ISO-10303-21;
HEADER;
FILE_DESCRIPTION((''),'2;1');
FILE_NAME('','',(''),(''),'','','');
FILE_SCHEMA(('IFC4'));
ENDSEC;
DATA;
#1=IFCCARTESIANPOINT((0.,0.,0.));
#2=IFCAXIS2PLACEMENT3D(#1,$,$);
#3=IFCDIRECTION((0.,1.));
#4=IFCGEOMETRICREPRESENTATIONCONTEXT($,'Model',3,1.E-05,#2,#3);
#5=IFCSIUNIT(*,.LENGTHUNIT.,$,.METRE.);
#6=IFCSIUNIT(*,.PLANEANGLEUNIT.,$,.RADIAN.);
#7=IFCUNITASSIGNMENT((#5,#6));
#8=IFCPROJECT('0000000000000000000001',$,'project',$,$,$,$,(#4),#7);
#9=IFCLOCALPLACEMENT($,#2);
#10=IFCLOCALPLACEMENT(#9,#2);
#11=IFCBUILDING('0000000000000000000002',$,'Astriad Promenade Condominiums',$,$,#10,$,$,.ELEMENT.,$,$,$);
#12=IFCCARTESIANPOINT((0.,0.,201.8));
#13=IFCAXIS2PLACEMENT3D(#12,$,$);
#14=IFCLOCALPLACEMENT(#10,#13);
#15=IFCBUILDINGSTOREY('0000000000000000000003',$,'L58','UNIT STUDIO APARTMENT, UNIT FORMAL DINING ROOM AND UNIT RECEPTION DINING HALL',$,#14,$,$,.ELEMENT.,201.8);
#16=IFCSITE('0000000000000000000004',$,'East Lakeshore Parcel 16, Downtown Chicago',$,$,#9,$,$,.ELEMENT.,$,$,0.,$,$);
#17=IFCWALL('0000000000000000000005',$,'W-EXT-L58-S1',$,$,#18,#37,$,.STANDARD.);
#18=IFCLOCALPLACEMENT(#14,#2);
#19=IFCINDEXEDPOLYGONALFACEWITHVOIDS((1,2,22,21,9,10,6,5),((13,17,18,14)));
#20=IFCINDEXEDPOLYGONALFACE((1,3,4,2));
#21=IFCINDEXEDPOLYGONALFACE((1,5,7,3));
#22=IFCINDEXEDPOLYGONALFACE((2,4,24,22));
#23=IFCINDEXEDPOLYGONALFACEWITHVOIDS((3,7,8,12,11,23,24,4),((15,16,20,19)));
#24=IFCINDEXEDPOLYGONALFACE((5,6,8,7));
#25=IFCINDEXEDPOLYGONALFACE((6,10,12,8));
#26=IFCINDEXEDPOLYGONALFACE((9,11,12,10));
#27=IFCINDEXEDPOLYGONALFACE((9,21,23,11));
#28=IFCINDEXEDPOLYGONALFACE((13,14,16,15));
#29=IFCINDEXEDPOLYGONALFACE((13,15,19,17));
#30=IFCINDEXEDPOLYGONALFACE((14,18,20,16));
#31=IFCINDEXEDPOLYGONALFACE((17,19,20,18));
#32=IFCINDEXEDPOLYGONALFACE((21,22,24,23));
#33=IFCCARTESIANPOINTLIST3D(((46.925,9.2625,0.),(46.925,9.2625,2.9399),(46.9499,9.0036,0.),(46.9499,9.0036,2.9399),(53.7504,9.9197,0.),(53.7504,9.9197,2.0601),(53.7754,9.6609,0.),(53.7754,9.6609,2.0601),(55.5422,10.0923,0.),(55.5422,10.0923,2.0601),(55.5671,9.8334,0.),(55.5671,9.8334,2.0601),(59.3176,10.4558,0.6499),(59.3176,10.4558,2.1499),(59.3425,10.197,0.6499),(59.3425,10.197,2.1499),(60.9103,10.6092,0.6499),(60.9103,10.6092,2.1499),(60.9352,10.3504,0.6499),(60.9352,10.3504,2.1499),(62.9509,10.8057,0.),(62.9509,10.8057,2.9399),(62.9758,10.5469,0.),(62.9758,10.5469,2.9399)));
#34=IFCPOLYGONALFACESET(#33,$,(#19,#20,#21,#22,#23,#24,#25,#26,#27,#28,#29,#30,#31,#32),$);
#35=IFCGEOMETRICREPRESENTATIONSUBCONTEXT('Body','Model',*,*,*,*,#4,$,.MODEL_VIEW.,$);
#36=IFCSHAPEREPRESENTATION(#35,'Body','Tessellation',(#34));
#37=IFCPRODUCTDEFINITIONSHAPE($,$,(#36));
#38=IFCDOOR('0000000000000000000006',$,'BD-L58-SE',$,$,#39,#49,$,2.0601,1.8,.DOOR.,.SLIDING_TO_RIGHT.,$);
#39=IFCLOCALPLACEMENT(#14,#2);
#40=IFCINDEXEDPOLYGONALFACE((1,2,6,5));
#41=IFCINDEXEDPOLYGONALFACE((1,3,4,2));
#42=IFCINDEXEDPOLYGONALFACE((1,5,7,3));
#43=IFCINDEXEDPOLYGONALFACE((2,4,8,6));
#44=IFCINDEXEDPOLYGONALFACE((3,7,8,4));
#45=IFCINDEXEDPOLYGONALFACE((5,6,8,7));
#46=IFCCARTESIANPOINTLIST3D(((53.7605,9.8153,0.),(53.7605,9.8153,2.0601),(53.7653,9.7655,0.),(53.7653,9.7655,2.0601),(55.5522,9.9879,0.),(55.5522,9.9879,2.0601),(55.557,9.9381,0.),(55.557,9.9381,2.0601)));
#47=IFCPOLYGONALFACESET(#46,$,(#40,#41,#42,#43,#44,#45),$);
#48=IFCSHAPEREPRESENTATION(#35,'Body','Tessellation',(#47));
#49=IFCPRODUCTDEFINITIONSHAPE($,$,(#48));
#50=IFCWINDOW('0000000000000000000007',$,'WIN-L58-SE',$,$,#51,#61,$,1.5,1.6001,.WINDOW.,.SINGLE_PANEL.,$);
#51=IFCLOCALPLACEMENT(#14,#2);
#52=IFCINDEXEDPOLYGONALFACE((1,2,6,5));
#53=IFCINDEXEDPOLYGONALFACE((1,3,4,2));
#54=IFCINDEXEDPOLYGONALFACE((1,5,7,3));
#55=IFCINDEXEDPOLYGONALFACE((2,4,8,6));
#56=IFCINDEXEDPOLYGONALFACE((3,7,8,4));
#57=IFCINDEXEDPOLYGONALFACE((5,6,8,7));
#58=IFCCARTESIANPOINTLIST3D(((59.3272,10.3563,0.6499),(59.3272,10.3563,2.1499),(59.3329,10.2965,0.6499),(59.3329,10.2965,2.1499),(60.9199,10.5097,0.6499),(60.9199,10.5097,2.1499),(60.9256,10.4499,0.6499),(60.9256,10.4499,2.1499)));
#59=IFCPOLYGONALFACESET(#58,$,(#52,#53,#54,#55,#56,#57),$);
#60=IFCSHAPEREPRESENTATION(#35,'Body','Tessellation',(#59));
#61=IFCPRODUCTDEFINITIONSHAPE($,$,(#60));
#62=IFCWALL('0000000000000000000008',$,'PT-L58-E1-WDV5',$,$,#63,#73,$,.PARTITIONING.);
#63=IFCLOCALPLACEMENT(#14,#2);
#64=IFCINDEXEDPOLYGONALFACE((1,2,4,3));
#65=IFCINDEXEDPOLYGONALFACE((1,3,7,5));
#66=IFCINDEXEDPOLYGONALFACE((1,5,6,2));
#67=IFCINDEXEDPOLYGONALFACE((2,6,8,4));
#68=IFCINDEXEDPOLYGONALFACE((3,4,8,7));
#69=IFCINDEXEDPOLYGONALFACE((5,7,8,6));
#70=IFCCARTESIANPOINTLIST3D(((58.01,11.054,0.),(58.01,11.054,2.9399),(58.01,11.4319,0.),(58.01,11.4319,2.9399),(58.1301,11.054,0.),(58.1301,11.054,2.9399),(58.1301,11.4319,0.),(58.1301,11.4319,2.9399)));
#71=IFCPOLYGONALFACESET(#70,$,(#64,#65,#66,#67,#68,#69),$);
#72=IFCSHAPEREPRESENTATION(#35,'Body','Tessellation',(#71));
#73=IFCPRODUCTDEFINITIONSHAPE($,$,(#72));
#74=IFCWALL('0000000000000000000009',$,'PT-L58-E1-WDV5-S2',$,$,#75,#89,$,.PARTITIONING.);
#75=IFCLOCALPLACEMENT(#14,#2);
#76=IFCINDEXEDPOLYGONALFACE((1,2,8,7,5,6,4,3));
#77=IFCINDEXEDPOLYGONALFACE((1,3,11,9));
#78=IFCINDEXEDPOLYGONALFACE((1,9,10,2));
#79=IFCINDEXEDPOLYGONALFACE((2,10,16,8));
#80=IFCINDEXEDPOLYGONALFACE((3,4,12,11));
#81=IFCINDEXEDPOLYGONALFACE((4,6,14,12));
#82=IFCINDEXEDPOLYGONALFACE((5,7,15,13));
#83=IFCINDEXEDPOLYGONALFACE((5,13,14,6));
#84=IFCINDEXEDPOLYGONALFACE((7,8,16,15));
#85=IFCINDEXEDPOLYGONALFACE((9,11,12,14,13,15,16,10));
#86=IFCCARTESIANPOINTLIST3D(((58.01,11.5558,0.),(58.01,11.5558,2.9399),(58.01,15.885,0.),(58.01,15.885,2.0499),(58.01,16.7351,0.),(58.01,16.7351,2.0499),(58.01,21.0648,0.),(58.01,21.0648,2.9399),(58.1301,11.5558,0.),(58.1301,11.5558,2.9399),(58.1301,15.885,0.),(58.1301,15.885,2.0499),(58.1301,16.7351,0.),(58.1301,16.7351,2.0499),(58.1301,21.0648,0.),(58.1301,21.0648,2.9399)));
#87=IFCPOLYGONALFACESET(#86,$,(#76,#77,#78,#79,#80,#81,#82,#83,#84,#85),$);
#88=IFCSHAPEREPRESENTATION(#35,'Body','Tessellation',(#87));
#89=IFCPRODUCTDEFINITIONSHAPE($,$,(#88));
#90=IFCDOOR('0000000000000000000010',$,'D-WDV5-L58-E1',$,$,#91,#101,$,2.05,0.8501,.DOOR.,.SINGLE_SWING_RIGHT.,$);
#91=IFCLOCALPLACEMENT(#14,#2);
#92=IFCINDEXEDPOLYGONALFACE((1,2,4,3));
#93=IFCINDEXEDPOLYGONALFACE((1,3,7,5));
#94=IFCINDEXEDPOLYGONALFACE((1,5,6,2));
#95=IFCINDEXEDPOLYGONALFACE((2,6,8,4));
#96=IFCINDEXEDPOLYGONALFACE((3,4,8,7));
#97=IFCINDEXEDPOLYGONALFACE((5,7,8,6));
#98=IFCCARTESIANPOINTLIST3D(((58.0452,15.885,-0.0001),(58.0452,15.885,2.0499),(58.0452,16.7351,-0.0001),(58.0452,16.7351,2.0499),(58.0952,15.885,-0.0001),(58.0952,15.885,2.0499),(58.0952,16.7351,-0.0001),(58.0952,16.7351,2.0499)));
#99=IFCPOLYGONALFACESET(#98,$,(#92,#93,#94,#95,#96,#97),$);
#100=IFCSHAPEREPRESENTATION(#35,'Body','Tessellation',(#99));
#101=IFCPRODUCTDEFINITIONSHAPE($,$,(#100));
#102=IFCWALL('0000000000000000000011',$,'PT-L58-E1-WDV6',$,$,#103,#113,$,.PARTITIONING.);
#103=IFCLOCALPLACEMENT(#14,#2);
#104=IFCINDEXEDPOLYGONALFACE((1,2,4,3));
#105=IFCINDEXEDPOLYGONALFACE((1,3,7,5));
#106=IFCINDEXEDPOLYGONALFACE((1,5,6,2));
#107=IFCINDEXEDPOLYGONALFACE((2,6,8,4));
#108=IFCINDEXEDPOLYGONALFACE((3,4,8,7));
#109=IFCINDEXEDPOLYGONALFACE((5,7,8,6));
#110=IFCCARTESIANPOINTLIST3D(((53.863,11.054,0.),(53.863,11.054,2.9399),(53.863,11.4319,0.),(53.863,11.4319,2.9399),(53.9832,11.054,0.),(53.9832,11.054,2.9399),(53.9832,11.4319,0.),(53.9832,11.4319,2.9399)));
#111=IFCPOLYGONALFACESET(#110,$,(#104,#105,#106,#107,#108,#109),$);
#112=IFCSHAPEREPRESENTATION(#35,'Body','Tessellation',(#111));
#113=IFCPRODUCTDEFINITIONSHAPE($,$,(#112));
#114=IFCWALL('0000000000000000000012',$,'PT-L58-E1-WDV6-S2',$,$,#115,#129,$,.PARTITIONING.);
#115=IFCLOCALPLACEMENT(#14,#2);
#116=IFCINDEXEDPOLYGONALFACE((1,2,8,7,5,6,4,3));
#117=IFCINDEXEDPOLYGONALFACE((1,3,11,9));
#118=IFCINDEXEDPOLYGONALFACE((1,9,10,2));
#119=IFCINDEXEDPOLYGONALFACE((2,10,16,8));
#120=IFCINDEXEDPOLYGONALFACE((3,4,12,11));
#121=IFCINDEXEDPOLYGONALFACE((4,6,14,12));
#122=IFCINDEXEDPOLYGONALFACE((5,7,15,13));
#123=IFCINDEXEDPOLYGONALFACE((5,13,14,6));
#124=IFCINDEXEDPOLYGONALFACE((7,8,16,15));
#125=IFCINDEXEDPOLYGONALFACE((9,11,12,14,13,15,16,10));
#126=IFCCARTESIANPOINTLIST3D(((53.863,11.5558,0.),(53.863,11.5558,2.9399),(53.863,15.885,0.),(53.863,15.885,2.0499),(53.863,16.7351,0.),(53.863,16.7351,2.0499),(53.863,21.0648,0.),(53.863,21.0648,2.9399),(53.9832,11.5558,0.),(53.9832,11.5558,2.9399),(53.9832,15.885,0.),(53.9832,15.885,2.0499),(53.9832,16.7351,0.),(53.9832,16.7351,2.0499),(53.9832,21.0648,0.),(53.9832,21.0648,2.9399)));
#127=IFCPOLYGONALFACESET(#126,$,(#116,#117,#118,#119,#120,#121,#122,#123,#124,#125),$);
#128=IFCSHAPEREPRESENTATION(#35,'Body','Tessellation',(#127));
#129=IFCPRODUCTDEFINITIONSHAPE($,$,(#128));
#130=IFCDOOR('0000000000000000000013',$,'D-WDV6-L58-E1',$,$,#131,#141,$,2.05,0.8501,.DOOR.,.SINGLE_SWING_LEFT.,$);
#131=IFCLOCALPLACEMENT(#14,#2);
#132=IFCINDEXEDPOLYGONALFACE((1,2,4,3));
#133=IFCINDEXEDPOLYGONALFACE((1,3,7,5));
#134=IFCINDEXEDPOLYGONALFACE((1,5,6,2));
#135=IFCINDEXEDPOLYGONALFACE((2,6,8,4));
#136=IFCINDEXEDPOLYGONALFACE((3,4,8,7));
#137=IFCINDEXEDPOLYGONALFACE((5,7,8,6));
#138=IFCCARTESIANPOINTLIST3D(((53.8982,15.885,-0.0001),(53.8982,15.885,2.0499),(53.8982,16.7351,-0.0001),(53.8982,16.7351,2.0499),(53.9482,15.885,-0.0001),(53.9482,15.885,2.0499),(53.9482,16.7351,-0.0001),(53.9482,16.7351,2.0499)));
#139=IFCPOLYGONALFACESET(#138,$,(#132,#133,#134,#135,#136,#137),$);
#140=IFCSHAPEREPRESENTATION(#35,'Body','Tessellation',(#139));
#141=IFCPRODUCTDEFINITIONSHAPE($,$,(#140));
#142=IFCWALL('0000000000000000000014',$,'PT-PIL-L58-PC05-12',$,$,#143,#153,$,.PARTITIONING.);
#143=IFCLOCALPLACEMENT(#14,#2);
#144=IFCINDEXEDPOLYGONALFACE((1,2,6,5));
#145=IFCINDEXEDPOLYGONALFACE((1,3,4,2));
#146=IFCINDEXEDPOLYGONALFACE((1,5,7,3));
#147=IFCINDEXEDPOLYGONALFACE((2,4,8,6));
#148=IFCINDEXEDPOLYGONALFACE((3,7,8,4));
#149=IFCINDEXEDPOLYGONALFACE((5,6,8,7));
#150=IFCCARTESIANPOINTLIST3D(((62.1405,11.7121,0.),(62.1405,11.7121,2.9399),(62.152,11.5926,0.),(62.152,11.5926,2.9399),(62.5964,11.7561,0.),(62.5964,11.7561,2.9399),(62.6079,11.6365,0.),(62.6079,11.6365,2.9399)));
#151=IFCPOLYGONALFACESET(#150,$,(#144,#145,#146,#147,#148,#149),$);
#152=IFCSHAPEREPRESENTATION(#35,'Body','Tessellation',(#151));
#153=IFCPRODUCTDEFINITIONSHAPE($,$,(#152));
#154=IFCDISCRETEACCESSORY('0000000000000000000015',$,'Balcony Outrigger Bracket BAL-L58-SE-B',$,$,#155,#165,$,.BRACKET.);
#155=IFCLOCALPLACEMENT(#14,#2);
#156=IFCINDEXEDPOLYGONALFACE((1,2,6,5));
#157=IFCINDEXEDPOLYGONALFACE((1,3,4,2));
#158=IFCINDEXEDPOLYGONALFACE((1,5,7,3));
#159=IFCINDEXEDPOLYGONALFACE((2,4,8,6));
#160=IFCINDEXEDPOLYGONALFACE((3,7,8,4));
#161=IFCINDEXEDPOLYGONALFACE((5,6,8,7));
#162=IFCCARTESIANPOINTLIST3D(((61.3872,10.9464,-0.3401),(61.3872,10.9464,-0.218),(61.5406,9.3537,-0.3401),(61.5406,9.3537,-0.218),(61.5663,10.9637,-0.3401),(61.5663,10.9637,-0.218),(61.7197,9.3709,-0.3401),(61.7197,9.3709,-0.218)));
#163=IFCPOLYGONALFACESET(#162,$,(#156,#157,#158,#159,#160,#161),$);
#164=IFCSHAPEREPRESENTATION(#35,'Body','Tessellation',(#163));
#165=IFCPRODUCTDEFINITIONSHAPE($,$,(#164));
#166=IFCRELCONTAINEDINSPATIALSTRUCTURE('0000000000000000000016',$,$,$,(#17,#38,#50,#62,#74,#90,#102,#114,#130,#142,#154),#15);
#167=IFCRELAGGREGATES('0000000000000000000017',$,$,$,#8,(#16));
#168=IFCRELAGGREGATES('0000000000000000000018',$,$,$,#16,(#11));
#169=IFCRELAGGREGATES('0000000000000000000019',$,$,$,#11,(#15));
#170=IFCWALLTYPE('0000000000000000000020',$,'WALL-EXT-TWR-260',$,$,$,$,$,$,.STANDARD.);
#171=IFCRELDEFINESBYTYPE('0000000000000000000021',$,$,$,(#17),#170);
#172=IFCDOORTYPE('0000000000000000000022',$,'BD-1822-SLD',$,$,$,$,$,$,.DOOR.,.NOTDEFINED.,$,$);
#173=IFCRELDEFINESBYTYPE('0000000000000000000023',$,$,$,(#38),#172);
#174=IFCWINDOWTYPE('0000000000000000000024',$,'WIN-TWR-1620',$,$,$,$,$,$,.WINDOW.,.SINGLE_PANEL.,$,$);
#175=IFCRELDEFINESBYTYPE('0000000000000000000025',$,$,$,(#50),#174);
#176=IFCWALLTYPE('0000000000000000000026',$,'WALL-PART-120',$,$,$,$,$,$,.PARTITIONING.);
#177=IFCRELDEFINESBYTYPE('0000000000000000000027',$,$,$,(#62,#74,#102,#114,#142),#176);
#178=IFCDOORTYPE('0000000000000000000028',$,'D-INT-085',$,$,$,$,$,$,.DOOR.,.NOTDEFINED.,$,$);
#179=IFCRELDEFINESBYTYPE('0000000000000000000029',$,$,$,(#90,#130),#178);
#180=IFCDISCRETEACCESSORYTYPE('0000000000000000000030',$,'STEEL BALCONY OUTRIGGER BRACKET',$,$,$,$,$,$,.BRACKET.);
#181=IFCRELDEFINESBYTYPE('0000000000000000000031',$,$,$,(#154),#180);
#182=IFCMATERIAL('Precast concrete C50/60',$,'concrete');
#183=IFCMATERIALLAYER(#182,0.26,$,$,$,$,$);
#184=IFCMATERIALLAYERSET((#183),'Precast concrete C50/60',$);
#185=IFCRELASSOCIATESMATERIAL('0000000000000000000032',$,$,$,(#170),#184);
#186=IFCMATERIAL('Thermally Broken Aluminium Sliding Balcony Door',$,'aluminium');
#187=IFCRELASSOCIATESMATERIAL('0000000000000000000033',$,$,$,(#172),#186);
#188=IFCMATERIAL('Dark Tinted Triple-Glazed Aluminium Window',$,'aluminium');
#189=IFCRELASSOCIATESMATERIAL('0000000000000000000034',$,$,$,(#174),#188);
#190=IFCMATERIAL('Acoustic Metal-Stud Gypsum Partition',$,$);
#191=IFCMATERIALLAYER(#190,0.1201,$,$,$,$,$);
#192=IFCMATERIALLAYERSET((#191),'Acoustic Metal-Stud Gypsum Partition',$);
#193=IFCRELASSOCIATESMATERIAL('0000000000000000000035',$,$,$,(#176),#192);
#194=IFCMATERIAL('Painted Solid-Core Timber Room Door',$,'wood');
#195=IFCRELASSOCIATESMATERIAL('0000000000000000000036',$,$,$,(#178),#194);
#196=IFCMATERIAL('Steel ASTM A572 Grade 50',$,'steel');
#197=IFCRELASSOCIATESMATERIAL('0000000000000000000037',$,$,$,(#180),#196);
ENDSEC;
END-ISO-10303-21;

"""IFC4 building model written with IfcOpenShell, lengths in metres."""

from ifc_helpers import new_model, si_unit, direction, frame, frame_2d, origin, origin_2d, place, context, subcontext, project, spatial, rectangle, extrude, source, transform, mapped, material, layer, layer_set, type_object, type_shapes, element, fill, save


model = new_model("IFC4")

# Units and contexts
model_context = context("Model", 3, precision=1e-05, world=origin(), true_north=direction((0.0, 1.0)))
body_context = subcontext(model_context, "Body", "Model", "MODEL_VIEW")
ifc_project = project(units=[si_unit("LENGTHUNIT", "METRE"), si_unit("PLANEANGLEUNIT", "RADIAN")], contexts=[model_context])

# Site, building, storey
site_placement = place(None, origin())
site = spatial("IfcSite", under=ifc_project, at=site_placement, Name="East Lakeshore Parcel 16, Downtown Chicago", CompositionType="ELEMENT", RefElevation=0.0)
building_placement = place(site_placement, origin())
building = spatial("IfcBuilding", under=site, at=building_placement, Name="Astriad Promenade Condominiums", CompositionType="ELEMENT")
storey_placement = place(building_placement, frame((0.0, 0.0, 201.8)))
storey = spatial("IfcBuildingStorey", under=building, at=storey_placement, Name="L58", Description="UNIT STUDIO APARTMENT, UNIT FORMAL DINING ROOM AND UNIT RECEPTION DINING HALL", CompositionType="ELEMENT", Elevation=201.8)

# Shared definitions
ifc_material_1 = material(Name="Precast concrete C50/60", Category="concrete")
ifc_layer_1 = layer(ifc_material_1, 0.26)
ifc_layer_set_1 = layer_set([ifc_layer_1], Name="Precast concrete C50/60")
wall_type_1 = type_object("IfcWallType", Name="WALL-EXT-TWR-260", PredefinedType="STANDARD", material=ifc_layer_set_1)

# Wall, openings, door, window
wall_1_placement = place(storey_placement, frame((62.9634, 10.6763, 0.0), z_axis=(0.0, 0.0, 1.0), x_axis=(-0.995396, -0.095852, 0.0)))
wall_1 = element("IfcWall", 1, at=wall_1_placement, inside=storey, type_object=wall_type_1, Name="W-EXT-L58-S1", PredefinedType="STANDARD", context=body_context, shape_type="SweptSolid", body=[
    extrude(rectangle(XDim=16.1001, YDim=0.26, at=frame_2d((8.05, 0.0))), origin(), (0.0, 0.0, 1.0), 2.9399),
])
opening_1_placement = place(wall_1_placement, frame((7.4431, 0.0, 0.0)))
opening_1 = element("IfcOpeningElement", 2, at=opening_1_placement, cuts=wall_1, PredefinedType="OPENING", context=body_context, shape_type="SweptSolid", body=[
    extrude(rectangle(XDim=1.8, YDim=2.0601, at=frame_2d((0.8999, 1.03))), frame((0.0, 0.1399, 0.0), z_axis=(0.0, -1.0, 0.0), x_axis=(1.0, 0.0, 0.0)), (0.0, 0.0, 1.0), 0.28),
])
opening_2_placement = place(wall_1_placement, frame((2.05, 0.0, 0.6499)))
opening_2 = element("IfcOpeningElement", 3, at=opening_2_placement, cuts=wall_1, PredefinedType="OPENING", context=body_context, shape_type="SweptSolid", body=[
    extrude(rectangle(XDim=1.6001, YDim=1.5, at=frame_2d((0.8, 0.75))), frame((0.0, 0.1399, 0.0), z_axis=(0.0, -1.0, 0.0), x_axis=(1.0, 0.0, 0.0)), (0.0, 0.0, 1.0), 0.28),
])
ifc_material_2 = material(Name="Thermally Broken Aluminium Sliding Balcony Door", Category="aluminium")
door_type_1 = type_object("IfcDoorType", Name="BD-1822-SLD", OperationType="NOTDEFINED", PredefinedType="DOOR", material=ifc_material_2)
shared_shape_1 = source(origin(), body_context, "Body", "SweptSolid", [
    extrude(rectangle(XDim=1.8, YDim=2.0601, at=frame_2d((0.8999, 1.03))), frame((0.0, 0.0249, 0.0), z_axis=(0.0, -1.0, 0.0), x_axis=(1.0, 0.0, 0.0)), (0.0, 0.0, 1.0), 0.05),
])
type_shapes(door_type_1, [shared_shape_1])
door_1_placement = place(opening_1_placement, origin())
door_1 = element("IfcDoor", 4, at=door_1_placement, inside=storey, type_object=door_type_1, Name="BD-L58-SE", OperationType="SLIDING_TO_RIGHT", OverallHeight=2.0601, OverallWidth=1.8, PredefinedType="DOOR", context=body_context, shape_type="MappedRepresentation", body=[
    mapped(shared_shape_1, transform((0.0, 0.0, 0.0), scale=1.0)),
])
fill(opening_1, door_1)
ifc_material_3 = material(Name="Dark Tinted Triple-Glazed Aluminium Window", Category="aluminium")
window_type = type_object("IfcWindowType", Name="WIN-TWR-1620", PartitioningType="SINGLE_PANEL", PredefinedType="WINDOW", material=ifc_material_3)
shared_shape_2 = source(origin(), body_context, "Body", "SweptSolid", [
    extrude(rectangle(XDim=1.6001, YDim=1.5, at=frame_2d((0.8, 0.75))), frame((0.0, 0.03, 0.0), z_axis=(0.0, -1.0, 0.0), x_axis=(1.0, 0.0, 0.0)), (0.0, 0.0, 1.0), 0.0601),
])
type_shapes(window_type, [shared_shape_2])
window_placement = place(opening_2_placement, origin())
window = element("IfcWindow", 5, at=window_placement, inside=storey, type_object=window_type, Name="WIN-L58-SE", OverallHeight=1.5, OverallWidth=1.6001, PartitioningType="SINGLE_PANEL", PredefinedType="WINDOW", context=body_context, shape_type="MappedRepresentation", body=[
    mapped(shared_shape_2, transform((0.0, 0.0, 0.0), scale=1.0)),
])
fill(opening_2, window)

# Wall
ifc_material_4 = material(Name="Acoustic Metal-Stud Gypsum Partition")
ifc_layer_2 = layer(ifc_material_4, 0.1201)
ifc_layer_set_2 = layer_set([ifc_layer_2], Name="Acoustic Metal-Stud Gypsum Partition")
wall_type_2 = type_object("IfcWallType", Name="WALL-PART-120", PredefinedType="PARTITIONING", material=ifc_layer_set_2)
wall_2_placement = place(storey_placement, frame((58.0701, 11.054, 0.0), z_axis=(0.0, 0.0, 1.0), x_axis=(0.0, 1.0, 0.0)))
element("IfcWall", 6, at=wall_2_placement, inside=storey, type_object=wall_type_2, Name="PT-L58-E1-WDV5", PredefinedType="PARTITIONING", context=body_context, shape_type="SweptSolid", body=[
    extrude(rectangle(XDim=0.3779, YDim=0.1201, at=frame_2d((0.189, 0.0))), origin(), (0.0, 0.0, 1.0), 2.9399),
])

# Wall, opening, door
wall_3_placement = place(storey_placement, frame((58.0701, 11.5559, 0.0), z_axis=(0.0, 0.0, 1.0), x_axis=(0.0, 1.0, 0.0)))
wall_3 = element("IfcWall", 7, at=wall_3_placement, inside=storey, type_object=wall_type_2, Name="PT-L58-E1-WDV5-S2", PredefinedType="PARTITIONING", context=body_context, shape_type="SweptSolid", body=[
    extrude(rectangle(XDim=9.509, YDim=0.1201, at=frame_2d((4.7544, 0.0))), origin(), (0.0, 0.0, 1.0), 2.9399),
])
opening_3_placement = place(wall_3_placement, frame((4.3291, 0.0, 0.0)))
opening_3 = element("IfcOpeningElement", 8, at=opening_3_placement, cuts=wall_3, PredefinedType="OPENING", context=body_context, shape_type="SweptSolid", body=[
    extrude(rectangle(XDim=0.8501, YDim=2.05, at=frame_2d((0.425, 1.0249))), frame((0.0, 0.0701, 0.0), z_axis=(0.0, -1.0, 0.0), x_axis=(1.0, 0.0, 0.0)), (0.0, 0.0, 1.0), 0.1401),
])
ifc_material_5 = material(Name="Painted Solid-Core Timber Room Door", Category="wood")
door_type_2 = type_object("IfcDoorType", Name="D-INT-085", OperationType="NOTDEFINED", PredefinedType="DOOR", material=ifc_material_5)
shared_shape_3 = source(origin(), body_context, "Body", "SweptSolid", [
    extrude(rectangle(XDim=0.8501, YDim=2.05, at=frame_2d((0.425, 1.0249))), frame((0.0, 0.0249, 0.0), z_axis=(0.0, -1.0, 0.0), x_axis=(1.0, 0.0, 0.0)), (0.0, 0.0, 1.0), 0.05),
])
type_shapes(door_type_2, [shared_shape_3])
door_2_placement = place(opening_3_placement, origin())
door_2 = element("IfcDoor", 9, at=door_2_placement, inside=storey, type_object=door_type_2, Name="D-WDV5-L58-E1", OperationType="SINGLE_SWING_RIGHT", OverallHeight=2.05, OverallWidth=0.8501, PredefinedType="DOOR", context=body_context, shape_type="MappedRepresentation", body=[
    mapped(shared_shape_3, transform((0.0, 0.0, 0.0), scale=1.0)),
])
fill(opening_3, door_2)

# Wall
wall_4_placement = place(storey_placement, frame((53.9231, 11.054, 0.0), z_axis=(0.0, 0.0, 1.0), x_axis=(0.0, 1.0, 0.0)))
element("IfcWall", 10, at=wall_4_placement, inside=storey, type_object=wall_type_2, Name="PT-L58-E1-WDV6", PredefinedType="PARTITIONING", context=body_context, shape_type="SweptSolid", body=[
    extrude(rectangle(XDim=0.3779, YDim=0.1201, at=frame_2d((0.189, 0.0))), origin(), (0.0, 0.0, 1.0), 2.9399),
])

# Wall, opening, door
wall_5_placement = place(storey_placement, frame((53.9231, 11.5559, 0.0), z_axis=(0.0, 0.0, 1.0), x_axis=(0.0, 1.0, 0.0)))
wall_5 = element("IfcWall", 11, at=wall_5_placement, inside=storey, type_object=wall_type_2, Name="PT-L58-E1-WDV6-S2", PredefinedType="PARTITIONING", context=body_context, shape_type="SweptSolid", body=[
    extrude(rectangle(XDim=9.509, YDim=0.1201, at=frame_2d((4.7544, 0.0))), origin(), (0.0, 0.0, 1.0), 2.9399),
])
opening_4_placement = place(wall_5_placement, frame((4.3291, 0.0, 0.0)))
opening_4 = element("IfcOpeningElement", 12, at=opening_4_placement, cuts=wall_5, PredefinedType="OPENING", context=body_context, shape_type="SweptSolid", body=[
    extrude(rectangle(XDim=0.8501, YDim=2.05, at=frame_2d((0.425, 1.0249))), frame((0.0, 0.0701, 0.0), z_axis=(0.0, -1.0, 0.0), x_axis=(1.0, 0.0, 0.0)), (0.0, 0.0, 1.0), 0.1401),
])
door_3_placement = place(opening_4_placement, origin())
door_3 = element("IfcDoor", 13, at=door_3_placement, inside=storey, type_object=door_type_2, Name="D-WDV6-L58-E1", OperationType="SINGLE_SWING_LEFT", OverallHeight=2.05, OverallWidth=0.8501, PredefinedType="DOOR", context=body_context, shape_type="MappedRepresentation", body=[
    mapped(shared_shape_3, transform((0.0, 0.0, 0.0), scale=1.0)),
])
fill(opening_4, door_3)

# Wall
wall_6_placement = place(storey_placement, frame((62.1462, 11.6523, 0.0), z_axis=(0.0, 0.0, 1.0), x_axis=(0.995385, 0.095966, 0.0)))
element("IfcWall", 14, at=wall_6_placement, inside=storey, type_object=wall_type_2, Name="PT-PIL-L58-PC05-12", PredefinedType="PARTITIONING", context=body_context, shape_type="SweptSolid", body=[
    extrude(rectangle(XDim=0.458, YDim=0.1201, at=frame_2d((0.229, 0.0))), origin(), (0.0, 0.0, 1.0), 2.9399),
])

# Discrete accessory
ifc_material_6 = material(Name="Steel ASTM A572 Grade 50", Category="steel")
discrete_accessory_type = type_object("IfcDiscreteAccessoryType", Name="STEEL BALCONY OUTRIGGER BRACKET", PredefinedType="BRACKET", material=ifc_material_6)
shared_shape_4 = source(origin(), body_context, "Body", "SweptSolid", [
    extrude(rectangle(XDim=1.6001, YDim=0.1799, at=origin_2d()), origin(), (0.0, 0.0, 1.0), 0.1221),
])
type_shapes(discrete_accessory_type, [shared_shape_4])
discrete_accessory_placement = place(storey_placement, frame((61.5535, 10.1587, -0.3401), z_axis=(0.0, 0.0, 1.0), x_axis=(0.095846, -0.995396, 0.0)))
element("IfcDiscreteAccessory", 15, at=discrete_accessory_placement, inside=storey, type_object=discrete_accessory_type, Name="Balcony Outrigger Bracket BAL-L58-SE-B", PredefinedType="BRACKET", context=body_context, shape_type="MappedRepresentation", body=[
    mapped(shared_shape_4, transform((0.0, 0.0, 0.0), scale=1.0)),
])

save(model, "model.ifc")
